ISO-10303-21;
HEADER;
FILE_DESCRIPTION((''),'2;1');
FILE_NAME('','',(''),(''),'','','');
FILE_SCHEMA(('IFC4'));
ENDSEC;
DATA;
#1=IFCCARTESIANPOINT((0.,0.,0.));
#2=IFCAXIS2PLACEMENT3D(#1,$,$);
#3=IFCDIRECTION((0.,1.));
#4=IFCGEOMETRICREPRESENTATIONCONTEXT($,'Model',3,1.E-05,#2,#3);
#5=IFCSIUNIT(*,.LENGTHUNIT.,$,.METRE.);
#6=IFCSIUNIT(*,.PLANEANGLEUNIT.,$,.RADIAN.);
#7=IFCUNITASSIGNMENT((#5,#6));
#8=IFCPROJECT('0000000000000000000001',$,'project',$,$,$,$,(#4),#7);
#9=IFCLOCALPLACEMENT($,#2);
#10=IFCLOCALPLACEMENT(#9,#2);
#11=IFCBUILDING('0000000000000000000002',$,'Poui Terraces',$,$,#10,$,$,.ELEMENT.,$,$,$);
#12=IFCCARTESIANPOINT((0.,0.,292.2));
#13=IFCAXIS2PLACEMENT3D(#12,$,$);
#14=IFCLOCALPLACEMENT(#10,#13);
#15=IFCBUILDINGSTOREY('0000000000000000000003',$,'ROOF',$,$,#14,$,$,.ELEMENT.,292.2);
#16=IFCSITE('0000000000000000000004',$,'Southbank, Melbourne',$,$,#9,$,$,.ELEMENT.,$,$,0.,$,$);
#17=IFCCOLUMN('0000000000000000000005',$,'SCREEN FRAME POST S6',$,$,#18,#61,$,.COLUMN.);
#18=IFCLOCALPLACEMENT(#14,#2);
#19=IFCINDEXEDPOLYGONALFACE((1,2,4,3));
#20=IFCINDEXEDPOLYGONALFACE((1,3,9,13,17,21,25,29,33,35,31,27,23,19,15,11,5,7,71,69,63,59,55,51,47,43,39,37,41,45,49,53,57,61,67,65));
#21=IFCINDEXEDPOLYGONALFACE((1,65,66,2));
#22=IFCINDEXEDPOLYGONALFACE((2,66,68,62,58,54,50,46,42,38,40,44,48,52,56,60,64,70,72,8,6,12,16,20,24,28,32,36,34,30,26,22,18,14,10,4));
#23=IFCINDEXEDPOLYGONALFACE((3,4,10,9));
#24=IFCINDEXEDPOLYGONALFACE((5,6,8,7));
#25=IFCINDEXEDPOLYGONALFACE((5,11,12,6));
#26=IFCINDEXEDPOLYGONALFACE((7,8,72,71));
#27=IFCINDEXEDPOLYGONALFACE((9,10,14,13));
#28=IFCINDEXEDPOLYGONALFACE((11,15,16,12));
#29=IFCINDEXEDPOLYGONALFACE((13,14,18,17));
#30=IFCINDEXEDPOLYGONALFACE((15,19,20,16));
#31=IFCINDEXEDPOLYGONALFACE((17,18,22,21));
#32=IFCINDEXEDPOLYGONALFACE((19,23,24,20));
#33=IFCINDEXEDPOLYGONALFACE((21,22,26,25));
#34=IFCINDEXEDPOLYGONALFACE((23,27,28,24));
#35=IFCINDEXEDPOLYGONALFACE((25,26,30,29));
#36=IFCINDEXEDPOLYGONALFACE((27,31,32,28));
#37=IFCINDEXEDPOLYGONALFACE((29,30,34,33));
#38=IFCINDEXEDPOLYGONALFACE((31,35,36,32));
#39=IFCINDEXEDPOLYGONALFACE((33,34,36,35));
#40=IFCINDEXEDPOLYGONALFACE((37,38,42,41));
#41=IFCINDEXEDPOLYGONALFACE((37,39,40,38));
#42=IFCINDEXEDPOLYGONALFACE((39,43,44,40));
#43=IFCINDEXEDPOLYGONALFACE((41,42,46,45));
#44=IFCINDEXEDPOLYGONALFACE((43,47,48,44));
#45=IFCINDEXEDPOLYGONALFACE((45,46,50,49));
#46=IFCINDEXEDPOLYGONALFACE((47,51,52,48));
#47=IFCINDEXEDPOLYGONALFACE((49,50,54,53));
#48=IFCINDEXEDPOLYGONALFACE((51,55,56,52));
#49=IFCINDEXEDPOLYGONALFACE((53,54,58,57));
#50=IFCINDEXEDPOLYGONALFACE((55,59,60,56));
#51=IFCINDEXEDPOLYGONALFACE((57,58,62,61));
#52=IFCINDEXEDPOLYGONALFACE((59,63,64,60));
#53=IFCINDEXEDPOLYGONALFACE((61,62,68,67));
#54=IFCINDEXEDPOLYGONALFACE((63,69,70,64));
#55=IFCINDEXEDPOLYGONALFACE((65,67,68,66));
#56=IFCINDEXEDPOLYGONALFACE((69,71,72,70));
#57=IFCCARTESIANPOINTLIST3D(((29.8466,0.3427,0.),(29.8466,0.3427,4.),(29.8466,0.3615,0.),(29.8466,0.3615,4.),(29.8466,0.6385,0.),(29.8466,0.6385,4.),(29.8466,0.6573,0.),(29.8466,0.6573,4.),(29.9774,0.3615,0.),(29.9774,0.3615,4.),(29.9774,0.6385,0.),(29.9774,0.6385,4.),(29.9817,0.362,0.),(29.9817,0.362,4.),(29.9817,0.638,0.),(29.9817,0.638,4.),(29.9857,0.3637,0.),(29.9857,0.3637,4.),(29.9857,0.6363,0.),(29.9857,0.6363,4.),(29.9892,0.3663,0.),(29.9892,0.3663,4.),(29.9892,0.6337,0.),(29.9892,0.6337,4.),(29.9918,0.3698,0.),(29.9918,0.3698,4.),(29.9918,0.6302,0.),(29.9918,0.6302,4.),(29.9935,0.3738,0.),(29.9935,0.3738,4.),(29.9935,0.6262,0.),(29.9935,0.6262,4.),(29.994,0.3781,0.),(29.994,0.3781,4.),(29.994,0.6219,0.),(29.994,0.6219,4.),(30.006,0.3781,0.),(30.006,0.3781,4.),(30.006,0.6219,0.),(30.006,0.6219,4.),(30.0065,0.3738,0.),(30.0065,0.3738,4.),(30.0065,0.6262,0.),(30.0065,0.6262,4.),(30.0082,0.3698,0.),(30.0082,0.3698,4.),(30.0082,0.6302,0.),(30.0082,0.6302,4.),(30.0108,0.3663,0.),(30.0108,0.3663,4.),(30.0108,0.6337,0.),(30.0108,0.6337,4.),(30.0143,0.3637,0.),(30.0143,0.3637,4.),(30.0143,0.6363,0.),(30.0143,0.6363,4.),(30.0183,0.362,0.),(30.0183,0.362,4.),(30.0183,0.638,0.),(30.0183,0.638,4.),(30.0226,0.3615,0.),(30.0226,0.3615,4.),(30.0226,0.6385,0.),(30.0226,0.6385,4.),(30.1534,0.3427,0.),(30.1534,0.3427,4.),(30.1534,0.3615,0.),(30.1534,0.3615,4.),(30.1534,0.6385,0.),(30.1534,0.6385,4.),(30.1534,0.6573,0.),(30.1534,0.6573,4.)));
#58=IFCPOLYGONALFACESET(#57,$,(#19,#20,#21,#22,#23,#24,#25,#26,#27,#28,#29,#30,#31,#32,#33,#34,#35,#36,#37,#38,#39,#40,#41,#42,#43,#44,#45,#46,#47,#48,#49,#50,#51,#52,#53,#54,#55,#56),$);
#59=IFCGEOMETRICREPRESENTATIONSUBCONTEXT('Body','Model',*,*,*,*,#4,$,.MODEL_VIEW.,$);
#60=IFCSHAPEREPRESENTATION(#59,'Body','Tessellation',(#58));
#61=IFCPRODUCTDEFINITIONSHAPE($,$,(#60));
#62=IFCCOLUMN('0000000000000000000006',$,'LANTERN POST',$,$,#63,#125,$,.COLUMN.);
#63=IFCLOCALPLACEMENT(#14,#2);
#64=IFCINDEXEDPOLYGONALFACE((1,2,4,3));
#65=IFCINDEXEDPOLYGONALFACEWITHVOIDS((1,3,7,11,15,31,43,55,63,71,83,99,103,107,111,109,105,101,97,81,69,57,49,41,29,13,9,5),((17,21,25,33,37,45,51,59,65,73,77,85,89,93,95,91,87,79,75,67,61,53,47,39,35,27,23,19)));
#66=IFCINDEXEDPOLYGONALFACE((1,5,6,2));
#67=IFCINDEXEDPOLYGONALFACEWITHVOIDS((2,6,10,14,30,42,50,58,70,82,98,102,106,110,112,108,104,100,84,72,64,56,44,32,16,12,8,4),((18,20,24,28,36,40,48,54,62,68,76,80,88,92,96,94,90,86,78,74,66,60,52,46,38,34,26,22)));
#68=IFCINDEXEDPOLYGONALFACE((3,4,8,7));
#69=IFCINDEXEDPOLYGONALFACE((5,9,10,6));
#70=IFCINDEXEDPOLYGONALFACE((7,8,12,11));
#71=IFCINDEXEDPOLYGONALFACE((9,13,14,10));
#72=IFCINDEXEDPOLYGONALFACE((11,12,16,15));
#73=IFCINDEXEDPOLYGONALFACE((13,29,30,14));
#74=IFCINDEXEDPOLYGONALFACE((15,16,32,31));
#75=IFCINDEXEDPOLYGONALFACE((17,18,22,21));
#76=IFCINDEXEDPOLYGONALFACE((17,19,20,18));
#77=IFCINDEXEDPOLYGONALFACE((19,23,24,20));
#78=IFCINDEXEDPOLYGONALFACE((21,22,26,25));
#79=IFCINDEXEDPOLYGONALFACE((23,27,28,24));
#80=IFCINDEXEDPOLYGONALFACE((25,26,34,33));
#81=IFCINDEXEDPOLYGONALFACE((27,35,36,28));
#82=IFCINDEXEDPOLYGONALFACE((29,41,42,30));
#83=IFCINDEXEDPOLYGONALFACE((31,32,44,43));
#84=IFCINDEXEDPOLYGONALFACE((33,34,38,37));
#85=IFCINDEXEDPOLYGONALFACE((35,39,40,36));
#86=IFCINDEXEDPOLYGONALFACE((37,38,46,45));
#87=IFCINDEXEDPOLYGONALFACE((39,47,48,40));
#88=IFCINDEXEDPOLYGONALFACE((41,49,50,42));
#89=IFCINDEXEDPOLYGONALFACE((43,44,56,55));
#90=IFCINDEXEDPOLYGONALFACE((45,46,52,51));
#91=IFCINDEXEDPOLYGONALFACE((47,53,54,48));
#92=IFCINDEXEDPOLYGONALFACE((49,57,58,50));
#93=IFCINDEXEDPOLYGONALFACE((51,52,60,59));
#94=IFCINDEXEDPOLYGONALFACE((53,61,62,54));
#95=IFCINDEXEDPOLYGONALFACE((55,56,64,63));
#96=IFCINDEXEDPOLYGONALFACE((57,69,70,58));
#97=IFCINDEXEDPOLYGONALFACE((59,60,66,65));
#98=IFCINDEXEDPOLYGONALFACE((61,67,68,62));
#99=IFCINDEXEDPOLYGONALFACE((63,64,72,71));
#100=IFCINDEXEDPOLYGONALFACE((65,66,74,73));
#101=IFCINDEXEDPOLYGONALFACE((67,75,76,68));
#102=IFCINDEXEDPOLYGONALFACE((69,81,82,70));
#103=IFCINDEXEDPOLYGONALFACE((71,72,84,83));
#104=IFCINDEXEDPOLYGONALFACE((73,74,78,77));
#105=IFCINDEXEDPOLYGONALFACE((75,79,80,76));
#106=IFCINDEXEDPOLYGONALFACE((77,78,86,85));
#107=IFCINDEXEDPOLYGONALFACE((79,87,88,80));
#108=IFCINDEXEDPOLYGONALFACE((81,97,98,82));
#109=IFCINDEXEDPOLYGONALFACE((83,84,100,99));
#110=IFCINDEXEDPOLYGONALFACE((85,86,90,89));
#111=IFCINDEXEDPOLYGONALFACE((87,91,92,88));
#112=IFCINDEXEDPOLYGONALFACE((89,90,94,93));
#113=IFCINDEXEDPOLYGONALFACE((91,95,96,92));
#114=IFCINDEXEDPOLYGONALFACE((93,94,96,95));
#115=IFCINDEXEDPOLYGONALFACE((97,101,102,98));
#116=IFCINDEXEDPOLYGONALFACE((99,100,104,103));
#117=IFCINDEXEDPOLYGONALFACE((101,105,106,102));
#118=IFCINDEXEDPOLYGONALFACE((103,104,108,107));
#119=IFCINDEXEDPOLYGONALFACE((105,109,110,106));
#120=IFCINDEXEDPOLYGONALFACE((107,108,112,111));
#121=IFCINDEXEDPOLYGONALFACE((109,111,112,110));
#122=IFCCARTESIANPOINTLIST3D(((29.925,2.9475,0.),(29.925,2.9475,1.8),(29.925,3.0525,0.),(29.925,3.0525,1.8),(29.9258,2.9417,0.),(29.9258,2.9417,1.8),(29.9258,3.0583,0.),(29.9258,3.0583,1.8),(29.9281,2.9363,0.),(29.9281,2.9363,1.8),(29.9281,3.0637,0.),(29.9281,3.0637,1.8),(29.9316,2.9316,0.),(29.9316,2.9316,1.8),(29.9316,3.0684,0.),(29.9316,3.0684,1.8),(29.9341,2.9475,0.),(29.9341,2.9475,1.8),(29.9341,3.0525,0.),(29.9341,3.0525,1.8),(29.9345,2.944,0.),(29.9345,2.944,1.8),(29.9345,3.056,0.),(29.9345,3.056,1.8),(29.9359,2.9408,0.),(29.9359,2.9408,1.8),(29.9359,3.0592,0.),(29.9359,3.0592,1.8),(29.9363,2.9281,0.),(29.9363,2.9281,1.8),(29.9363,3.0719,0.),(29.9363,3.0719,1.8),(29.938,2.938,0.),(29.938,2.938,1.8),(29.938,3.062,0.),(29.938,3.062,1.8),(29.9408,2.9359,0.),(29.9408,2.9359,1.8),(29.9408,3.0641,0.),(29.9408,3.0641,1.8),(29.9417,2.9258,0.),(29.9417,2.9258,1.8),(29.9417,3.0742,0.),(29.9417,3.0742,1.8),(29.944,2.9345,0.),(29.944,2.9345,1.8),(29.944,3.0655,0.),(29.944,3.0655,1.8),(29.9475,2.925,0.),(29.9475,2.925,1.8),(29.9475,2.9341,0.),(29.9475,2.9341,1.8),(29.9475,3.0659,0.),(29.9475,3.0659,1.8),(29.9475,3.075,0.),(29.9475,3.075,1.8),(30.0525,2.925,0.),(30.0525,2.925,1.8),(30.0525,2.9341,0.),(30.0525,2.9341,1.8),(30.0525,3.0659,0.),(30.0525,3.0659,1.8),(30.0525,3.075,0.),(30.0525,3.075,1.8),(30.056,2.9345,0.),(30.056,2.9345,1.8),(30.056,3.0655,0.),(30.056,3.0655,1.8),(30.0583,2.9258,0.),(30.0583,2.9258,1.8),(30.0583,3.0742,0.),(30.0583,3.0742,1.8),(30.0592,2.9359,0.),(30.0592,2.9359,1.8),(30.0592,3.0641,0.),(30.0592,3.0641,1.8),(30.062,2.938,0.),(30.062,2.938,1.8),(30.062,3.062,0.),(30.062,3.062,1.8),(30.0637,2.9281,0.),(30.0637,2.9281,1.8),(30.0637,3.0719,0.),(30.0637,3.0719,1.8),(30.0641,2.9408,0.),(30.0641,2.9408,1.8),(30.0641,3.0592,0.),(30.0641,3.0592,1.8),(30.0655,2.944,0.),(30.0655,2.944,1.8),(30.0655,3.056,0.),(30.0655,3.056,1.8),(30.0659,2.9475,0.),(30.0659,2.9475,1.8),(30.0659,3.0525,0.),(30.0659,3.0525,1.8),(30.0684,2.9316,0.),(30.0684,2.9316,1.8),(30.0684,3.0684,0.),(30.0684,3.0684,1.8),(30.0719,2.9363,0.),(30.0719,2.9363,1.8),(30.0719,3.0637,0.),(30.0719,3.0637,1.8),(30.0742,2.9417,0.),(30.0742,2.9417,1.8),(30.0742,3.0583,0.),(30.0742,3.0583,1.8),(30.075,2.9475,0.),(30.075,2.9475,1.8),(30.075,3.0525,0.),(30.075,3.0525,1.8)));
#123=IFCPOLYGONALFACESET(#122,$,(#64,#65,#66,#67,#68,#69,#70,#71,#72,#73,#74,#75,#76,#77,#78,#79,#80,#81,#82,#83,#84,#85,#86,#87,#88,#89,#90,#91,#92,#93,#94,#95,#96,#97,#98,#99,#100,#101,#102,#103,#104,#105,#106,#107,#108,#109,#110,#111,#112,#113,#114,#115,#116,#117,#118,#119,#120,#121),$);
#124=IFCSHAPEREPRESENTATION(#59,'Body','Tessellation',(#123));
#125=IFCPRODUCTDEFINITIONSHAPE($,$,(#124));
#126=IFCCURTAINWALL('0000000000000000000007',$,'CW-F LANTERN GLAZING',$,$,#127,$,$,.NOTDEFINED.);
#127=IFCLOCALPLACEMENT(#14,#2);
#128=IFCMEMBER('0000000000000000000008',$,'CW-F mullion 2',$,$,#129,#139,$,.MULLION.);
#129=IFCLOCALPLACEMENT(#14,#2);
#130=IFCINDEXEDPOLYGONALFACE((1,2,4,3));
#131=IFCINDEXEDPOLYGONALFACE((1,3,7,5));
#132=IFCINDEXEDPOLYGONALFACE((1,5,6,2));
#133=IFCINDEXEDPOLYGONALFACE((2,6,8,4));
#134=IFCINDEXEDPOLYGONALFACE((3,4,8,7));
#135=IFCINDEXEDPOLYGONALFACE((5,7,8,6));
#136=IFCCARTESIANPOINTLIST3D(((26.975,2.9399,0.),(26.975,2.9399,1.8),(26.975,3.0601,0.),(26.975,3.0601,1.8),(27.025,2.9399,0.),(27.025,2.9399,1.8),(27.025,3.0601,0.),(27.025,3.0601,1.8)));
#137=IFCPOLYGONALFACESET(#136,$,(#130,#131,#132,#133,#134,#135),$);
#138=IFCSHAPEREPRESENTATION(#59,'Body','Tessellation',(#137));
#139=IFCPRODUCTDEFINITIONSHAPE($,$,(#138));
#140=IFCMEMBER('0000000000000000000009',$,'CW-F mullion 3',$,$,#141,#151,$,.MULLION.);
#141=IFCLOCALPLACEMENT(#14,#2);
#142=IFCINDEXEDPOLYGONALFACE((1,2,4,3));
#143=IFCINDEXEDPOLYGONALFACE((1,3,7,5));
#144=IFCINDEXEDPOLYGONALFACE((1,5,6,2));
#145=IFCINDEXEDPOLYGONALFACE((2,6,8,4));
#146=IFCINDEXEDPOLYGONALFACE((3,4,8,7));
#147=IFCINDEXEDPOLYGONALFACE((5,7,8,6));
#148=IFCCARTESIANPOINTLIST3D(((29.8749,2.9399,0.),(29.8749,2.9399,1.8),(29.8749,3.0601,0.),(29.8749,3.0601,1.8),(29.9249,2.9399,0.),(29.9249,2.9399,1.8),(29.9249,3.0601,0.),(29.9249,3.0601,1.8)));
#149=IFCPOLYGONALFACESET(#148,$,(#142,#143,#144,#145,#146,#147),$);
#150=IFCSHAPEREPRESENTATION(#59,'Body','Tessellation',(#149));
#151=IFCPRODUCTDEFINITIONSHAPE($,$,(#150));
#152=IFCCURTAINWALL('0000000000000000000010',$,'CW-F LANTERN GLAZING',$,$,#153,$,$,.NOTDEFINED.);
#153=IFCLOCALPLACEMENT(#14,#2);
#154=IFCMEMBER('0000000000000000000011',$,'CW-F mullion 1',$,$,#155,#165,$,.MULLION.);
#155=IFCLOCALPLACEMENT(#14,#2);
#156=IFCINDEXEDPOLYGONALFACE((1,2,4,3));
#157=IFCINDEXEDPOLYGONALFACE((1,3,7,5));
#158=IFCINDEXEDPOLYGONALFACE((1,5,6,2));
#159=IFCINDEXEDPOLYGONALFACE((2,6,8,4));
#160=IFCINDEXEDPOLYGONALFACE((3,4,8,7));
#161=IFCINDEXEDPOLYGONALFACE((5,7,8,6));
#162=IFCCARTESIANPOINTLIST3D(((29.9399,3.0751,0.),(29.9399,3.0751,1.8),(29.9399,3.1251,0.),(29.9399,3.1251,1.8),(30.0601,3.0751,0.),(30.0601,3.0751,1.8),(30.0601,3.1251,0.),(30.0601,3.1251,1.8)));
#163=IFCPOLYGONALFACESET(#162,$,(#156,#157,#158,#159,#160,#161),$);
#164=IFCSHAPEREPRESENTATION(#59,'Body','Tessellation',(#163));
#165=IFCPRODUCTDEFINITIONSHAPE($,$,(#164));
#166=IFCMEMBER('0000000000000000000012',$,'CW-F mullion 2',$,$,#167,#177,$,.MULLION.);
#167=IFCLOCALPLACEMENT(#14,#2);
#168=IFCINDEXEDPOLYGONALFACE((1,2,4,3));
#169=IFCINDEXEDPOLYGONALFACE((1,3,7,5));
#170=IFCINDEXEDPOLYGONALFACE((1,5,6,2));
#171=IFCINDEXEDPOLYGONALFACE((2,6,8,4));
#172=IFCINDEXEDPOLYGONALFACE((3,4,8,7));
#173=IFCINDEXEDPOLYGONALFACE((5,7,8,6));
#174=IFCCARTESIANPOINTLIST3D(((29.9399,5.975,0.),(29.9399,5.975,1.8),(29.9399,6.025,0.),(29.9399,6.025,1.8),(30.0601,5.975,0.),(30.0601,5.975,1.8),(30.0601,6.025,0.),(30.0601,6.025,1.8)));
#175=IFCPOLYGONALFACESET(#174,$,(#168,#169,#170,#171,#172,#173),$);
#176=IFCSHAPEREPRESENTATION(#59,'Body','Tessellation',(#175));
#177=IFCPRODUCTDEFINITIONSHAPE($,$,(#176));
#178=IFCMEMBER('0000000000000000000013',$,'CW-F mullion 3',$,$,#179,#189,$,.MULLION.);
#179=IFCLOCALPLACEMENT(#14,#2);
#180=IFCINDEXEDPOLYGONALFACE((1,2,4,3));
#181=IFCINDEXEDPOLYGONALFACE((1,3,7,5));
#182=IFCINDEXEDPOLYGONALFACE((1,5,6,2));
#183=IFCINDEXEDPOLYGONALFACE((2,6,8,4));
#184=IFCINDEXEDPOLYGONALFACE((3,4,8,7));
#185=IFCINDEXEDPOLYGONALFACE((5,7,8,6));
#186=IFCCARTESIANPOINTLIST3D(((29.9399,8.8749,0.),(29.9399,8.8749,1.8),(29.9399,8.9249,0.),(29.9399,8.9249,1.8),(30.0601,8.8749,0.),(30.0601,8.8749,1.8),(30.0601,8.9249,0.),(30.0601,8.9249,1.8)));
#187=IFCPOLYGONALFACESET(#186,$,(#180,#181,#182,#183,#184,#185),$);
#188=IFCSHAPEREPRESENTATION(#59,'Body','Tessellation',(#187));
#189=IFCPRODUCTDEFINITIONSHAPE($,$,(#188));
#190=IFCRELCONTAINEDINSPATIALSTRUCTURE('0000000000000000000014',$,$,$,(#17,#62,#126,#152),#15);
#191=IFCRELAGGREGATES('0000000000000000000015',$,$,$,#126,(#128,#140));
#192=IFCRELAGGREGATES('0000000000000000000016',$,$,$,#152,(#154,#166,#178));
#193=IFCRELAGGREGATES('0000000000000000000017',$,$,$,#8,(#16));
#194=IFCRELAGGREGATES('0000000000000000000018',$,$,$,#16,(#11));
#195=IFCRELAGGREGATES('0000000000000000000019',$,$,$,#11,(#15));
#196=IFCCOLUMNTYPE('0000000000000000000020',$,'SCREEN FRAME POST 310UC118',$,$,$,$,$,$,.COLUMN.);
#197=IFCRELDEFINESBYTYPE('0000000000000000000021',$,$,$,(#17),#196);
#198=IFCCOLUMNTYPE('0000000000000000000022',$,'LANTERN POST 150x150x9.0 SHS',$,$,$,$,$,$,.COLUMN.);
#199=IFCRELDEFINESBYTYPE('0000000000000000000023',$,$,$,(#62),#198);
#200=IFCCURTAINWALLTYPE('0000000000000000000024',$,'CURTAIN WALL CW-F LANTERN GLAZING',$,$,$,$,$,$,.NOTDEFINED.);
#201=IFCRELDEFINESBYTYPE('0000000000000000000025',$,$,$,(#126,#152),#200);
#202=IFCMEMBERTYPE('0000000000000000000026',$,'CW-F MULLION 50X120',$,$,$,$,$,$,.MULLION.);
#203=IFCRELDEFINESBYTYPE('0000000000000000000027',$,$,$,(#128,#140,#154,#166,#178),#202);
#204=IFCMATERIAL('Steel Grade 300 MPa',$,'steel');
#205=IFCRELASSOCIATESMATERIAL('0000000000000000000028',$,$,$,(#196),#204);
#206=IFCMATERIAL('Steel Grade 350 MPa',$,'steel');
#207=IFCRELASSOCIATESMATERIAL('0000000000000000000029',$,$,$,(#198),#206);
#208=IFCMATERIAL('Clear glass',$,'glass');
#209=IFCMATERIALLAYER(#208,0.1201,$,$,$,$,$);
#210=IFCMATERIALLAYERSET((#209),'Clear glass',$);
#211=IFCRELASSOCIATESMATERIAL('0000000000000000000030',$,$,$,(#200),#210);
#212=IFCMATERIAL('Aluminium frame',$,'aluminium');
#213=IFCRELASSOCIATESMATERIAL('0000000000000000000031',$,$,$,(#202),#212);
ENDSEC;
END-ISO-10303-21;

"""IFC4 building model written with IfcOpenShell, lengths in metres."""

from ifc_helpers import new_model, si_unit, direction, frame, origin, origin_2d, place, context, subcontext, project, spatial, rectangle, hollow_rectangle, i_section, extrude, source, transform, mapped, material, layer, layer_set, material_profile, profile_set, type_object, element, aggregate, save


model = new_model("IFC4")

# Units and contexts
model_context = context("Model", 3, precision=1e-05, world=origin(), true_north=direction((0.0, 1.0)))
body_context = subcontext(model_context, "Body", "Model", "MODEL_VIEW")
ifc_project = project(units=[si_unit("LENGTHUNIT", "METRE"), si_unit("PLANEANGLEUNIT", "RADIAN")], contexts=[model_context])

# Site, building, storey
site_placement = place(None, origin())
site = spatial("IfcSite", under=ifc_project, at=site_placement, Name="Southbank, Melbourne", CompositionType="ELEMENT", RefElevation=0.0)
building_placement = place(site_placement, origin())
building = spatial("IfcBuilding", under=site, at=building_placement, Name="Poui Terraces", CompositionType="ELEMENT")
storey_placement = place(building_placement, frame((0.0, 0.0, 292.2)))
storey = spatial("IfcBuildingStorey", under=building, at=storey_placement, Name="ROOF", CompositionType="ELEMENT", Elevation=292.2)

# Columns
ifc_material_1 = material(Name="Steel Grade 300 MPa", Category="steel")
ifc_material_profile_1 = material_profile(ifc_material_1, i_section(OverallWidth=0.3069, OverallDepth=0.3147, WebThickness=0.012, FlangeThickness=0.0188, FilletRadius=0.0166, at=origin_2d()), Name="310UC118")
ifc_profile_set_1 = profile_set([ifc_material_profile_1], Name="Steel Grade 300 MPa")
column_type_1 = type_object("IfcColumnType", Name="SCREEN FRAME POST 310UC118", PredefinedType="COLUMN", material=ifc_profile_set_1)
shared_shape_1 = source(origin(), body_context, "Body", "SweptSolid", [
    extrude(i_section(OverallWidth=0.3069, OverallDepth=0.3147, WebThickness=0.012, FlangeThickness=0.0188, FilletRadius=0.0166, at=origin_2d()), origin(), (0.0, 0.0, 1.0), 4.0),
])
column_1_placement = place(storey_placement, frame((30.0, 0.5, 0.0), z_axis=(0.0, 0.0, 1.0), x_axis=(1.0, 0.0, 0.0)))
element("IfcColumn", 1, at=column_1_placement, inside=storey, type_object=column_type_1, Name="SCREEN FRAME POST S6", PredefinedType="COLUMN", context=body_context, shape_type="MappedRepresentation", body=[
    mapped(shared_shape_1, transform((0.0, 0.0, 0.0))),
])
ifc_material_2 = material(Name="Steel Grade 350 MPa", Category="steel")
ifc_material_profile_2 = material_profile(ifc_material_2, hollow_rectangle(XDim=0.1499, YDim=0.1499, WallThickness=0.009, InnerFilletRadius=0.0134, OuterFilletRadius=0.0225, at=origin_2d()), Name="150x150x9.0 SHS")
ifc_profile_set_2 = profile_set([ifc_material_profile_2], Name="Steel Grade 350 MPa")
column_type_2 = type_object("IfcColumnType", Name="LANTERN POST 150x150x9.0 SHS", PredefinedType="COLUMN", material=ifc_profile_set_2)
shared_shape_2 = source(origin(), body_context, "Body", "SweptSolid", [
    extrude(hollow_rectangle(XDim=0.1499, YDim=0.1499, WallThickness=0.009, InnerFilletRadius=0.0134, OuterFilletRadius=0.0225, at=origin_2d()), origin(), (0.0, 0.0, 1.0), 1.8),
])
column_2_placement = place(storey_placement, frame((30.0, 3.0, 0.0), z_axis=(0.0, 0.0, 1.0), x_axis=(1.0, 0.0, 0.0)))
element("IfcColumn", 2, at=column_2_placement, inside=storey, type_object=column_type_2, Name="LANTERN POST", PredefinedType="COLUMN", context=body_context, shape_type="MappedRepresentation", body=[
    mapped(shared_shape_2, transform((0.0, 0.0, 0.0))),
])

# Curtain walls, members
ifc_material_3 = material(Name="Clear glass", Category="glass")
ifc_layer_1 = layer(ifc_material_3, 0.1201)
ifc_layer_set_1 = layer_set([ifc_layer_1], Name="Clear glass")
curtain_wall_type = type_object("IfcCurtainWallType", Name="CURTAIN WALL CW-F LANTERN GLAZING", PredefinedType="NOTDEFINED", material=ifc_layer_set_1)
curtain_wall_1_placement = place(storey_placement, origin())
curtain_wall_1 = element("IfcCurtainWall", 3, at=curtain_wall_1_placement, inside=storey, type_object=curtain_wall_type, Name="CW-F LANTERN GLAZING", PredefinedType="NOTDEFINED")
ifc_material_4 = material(Name="Aluminium frame", Category="aluminium")
ifc_material_profile_3 = material_profile(ifc_material_4, rectangle(XDim=0.1201, YDim=0.05, at=origin_2d()), Name="CW-F MULLION 50X120")
ifc_profile_set_3 = profile_set([ifc_material_profile_3], Name="Aluminium frame")
member_type_1 = type_object("IfcMemberType", Name="CW-F MULLION 50X120", PredefinedType="MULLION", material=ifc_profile_set_3)
member_1_placement = place(storey_placement, frame((27.0, 3.0, 0.0), z_axis=(0.0, 0.0, 1.0), x_axis=(0.0, 1.0, 0.0)))
member_1 = element("IfcMember", 4, at=member_1_placement, type_object=member_type_1, Name="CW-F mullion 2", PredefinedType="MULLION", context=body_context, shape_type="SweptSolid", body=[
    extrude(rectangle(XDim=0.1201, YDim=0.05, at=origin_2d()), origin(), (0.0, 0.0, 1.0), 1.8),
])
member_2_placement = place(storey_placement, frame((29.8999, 3.0, 0.0), z_axis=(0.0, 0.0, 1.0), x_axis=(0.0, 1.0, 0.0)))
member_2 = element("IfcMember", 5, at=member_2_placement, type_object=member_type_1, Name="CW-F mullion 3", PredefinedType="MULLION", context=body_context, shape_type="SweptSolid", body=[
    extrude(rectangle(XDim=0.1201, YDim=0.05, at=origin_2d()), origin(), (0.0, 0.0, 1.0), 1.8),
])
curtain_wall_2_placement = place(storey_placement, origin())
curtain_wall_2 = element("IfcCurtainWall", 6, at=curtain_wall_2_placement, inside=storey, type_object=curtain_wall_type, Name="CW-F LANTERN GLAZING", PredefinedType="NOTDEFINED")
member_3_placement = place(storey_placement, frame((30.0, 3.1001, 0.0), z_axis=(0.0, 0.0, 1.0), x_axis=(-1.0, 0.0, 0.0)))
member_3 = element("IfcMember", 7, at=member_3_placement, type_object=member_type_1, Name="CW-F mullion 1", PredefinedType="MULLION", context=body_context, shape_type="SweptSolid", body=[
    extrude(rectangle(XDim=0.1201, YDim=0.05, at=origin_2d()), origin(), (0.0, 0.0, 1.0), 1.8),
])
member_4_placement = place(storey_placement, frame((30.0, 6.0, 0.0), z_axis=(0.0, 0.0, 1.0), x_axis=(-1.0, 0.0, 0.0)))
member_4 = element("IfcMember", 8, at=member_4_placement, type_object=member_type_1, Name="CW-F mullion 2", PredefinedType="MULLION", context=body_context, shape_type="SweptSolid", body=[
    extrude(rectangle(XDim=0.1201, YDim=0.05, at=origin_2d()), origin(), (0.0, 0.0, 1.0), 1.8),
])
member_5_placement = place(storey_placement, frame((30.0, 8.8999, 0.0), z_axis=(0.0, 0.0, 1.0), x_axis=(-1.0, 0.0, 0.0)))
member_5 = element("IfcMember", 9, at=member_5_placement, type_object=member_type_1, Name="CW-F mullion 3", PredefinedType="MULLION", context=body_context, shape_type="SweptSolid", body=[
    extrude(rectangle(XDim=0.1201, YDim=0.05, at=origin_2d()), origin(), (0.0, 0.0, 1.0), 1.8),
])

aggregate(curtain_wall_1, [member_1, member_2])
aggregate(curtain_wall_2, [member_3, member_4, member_5])

save(model, "model.ifc")
